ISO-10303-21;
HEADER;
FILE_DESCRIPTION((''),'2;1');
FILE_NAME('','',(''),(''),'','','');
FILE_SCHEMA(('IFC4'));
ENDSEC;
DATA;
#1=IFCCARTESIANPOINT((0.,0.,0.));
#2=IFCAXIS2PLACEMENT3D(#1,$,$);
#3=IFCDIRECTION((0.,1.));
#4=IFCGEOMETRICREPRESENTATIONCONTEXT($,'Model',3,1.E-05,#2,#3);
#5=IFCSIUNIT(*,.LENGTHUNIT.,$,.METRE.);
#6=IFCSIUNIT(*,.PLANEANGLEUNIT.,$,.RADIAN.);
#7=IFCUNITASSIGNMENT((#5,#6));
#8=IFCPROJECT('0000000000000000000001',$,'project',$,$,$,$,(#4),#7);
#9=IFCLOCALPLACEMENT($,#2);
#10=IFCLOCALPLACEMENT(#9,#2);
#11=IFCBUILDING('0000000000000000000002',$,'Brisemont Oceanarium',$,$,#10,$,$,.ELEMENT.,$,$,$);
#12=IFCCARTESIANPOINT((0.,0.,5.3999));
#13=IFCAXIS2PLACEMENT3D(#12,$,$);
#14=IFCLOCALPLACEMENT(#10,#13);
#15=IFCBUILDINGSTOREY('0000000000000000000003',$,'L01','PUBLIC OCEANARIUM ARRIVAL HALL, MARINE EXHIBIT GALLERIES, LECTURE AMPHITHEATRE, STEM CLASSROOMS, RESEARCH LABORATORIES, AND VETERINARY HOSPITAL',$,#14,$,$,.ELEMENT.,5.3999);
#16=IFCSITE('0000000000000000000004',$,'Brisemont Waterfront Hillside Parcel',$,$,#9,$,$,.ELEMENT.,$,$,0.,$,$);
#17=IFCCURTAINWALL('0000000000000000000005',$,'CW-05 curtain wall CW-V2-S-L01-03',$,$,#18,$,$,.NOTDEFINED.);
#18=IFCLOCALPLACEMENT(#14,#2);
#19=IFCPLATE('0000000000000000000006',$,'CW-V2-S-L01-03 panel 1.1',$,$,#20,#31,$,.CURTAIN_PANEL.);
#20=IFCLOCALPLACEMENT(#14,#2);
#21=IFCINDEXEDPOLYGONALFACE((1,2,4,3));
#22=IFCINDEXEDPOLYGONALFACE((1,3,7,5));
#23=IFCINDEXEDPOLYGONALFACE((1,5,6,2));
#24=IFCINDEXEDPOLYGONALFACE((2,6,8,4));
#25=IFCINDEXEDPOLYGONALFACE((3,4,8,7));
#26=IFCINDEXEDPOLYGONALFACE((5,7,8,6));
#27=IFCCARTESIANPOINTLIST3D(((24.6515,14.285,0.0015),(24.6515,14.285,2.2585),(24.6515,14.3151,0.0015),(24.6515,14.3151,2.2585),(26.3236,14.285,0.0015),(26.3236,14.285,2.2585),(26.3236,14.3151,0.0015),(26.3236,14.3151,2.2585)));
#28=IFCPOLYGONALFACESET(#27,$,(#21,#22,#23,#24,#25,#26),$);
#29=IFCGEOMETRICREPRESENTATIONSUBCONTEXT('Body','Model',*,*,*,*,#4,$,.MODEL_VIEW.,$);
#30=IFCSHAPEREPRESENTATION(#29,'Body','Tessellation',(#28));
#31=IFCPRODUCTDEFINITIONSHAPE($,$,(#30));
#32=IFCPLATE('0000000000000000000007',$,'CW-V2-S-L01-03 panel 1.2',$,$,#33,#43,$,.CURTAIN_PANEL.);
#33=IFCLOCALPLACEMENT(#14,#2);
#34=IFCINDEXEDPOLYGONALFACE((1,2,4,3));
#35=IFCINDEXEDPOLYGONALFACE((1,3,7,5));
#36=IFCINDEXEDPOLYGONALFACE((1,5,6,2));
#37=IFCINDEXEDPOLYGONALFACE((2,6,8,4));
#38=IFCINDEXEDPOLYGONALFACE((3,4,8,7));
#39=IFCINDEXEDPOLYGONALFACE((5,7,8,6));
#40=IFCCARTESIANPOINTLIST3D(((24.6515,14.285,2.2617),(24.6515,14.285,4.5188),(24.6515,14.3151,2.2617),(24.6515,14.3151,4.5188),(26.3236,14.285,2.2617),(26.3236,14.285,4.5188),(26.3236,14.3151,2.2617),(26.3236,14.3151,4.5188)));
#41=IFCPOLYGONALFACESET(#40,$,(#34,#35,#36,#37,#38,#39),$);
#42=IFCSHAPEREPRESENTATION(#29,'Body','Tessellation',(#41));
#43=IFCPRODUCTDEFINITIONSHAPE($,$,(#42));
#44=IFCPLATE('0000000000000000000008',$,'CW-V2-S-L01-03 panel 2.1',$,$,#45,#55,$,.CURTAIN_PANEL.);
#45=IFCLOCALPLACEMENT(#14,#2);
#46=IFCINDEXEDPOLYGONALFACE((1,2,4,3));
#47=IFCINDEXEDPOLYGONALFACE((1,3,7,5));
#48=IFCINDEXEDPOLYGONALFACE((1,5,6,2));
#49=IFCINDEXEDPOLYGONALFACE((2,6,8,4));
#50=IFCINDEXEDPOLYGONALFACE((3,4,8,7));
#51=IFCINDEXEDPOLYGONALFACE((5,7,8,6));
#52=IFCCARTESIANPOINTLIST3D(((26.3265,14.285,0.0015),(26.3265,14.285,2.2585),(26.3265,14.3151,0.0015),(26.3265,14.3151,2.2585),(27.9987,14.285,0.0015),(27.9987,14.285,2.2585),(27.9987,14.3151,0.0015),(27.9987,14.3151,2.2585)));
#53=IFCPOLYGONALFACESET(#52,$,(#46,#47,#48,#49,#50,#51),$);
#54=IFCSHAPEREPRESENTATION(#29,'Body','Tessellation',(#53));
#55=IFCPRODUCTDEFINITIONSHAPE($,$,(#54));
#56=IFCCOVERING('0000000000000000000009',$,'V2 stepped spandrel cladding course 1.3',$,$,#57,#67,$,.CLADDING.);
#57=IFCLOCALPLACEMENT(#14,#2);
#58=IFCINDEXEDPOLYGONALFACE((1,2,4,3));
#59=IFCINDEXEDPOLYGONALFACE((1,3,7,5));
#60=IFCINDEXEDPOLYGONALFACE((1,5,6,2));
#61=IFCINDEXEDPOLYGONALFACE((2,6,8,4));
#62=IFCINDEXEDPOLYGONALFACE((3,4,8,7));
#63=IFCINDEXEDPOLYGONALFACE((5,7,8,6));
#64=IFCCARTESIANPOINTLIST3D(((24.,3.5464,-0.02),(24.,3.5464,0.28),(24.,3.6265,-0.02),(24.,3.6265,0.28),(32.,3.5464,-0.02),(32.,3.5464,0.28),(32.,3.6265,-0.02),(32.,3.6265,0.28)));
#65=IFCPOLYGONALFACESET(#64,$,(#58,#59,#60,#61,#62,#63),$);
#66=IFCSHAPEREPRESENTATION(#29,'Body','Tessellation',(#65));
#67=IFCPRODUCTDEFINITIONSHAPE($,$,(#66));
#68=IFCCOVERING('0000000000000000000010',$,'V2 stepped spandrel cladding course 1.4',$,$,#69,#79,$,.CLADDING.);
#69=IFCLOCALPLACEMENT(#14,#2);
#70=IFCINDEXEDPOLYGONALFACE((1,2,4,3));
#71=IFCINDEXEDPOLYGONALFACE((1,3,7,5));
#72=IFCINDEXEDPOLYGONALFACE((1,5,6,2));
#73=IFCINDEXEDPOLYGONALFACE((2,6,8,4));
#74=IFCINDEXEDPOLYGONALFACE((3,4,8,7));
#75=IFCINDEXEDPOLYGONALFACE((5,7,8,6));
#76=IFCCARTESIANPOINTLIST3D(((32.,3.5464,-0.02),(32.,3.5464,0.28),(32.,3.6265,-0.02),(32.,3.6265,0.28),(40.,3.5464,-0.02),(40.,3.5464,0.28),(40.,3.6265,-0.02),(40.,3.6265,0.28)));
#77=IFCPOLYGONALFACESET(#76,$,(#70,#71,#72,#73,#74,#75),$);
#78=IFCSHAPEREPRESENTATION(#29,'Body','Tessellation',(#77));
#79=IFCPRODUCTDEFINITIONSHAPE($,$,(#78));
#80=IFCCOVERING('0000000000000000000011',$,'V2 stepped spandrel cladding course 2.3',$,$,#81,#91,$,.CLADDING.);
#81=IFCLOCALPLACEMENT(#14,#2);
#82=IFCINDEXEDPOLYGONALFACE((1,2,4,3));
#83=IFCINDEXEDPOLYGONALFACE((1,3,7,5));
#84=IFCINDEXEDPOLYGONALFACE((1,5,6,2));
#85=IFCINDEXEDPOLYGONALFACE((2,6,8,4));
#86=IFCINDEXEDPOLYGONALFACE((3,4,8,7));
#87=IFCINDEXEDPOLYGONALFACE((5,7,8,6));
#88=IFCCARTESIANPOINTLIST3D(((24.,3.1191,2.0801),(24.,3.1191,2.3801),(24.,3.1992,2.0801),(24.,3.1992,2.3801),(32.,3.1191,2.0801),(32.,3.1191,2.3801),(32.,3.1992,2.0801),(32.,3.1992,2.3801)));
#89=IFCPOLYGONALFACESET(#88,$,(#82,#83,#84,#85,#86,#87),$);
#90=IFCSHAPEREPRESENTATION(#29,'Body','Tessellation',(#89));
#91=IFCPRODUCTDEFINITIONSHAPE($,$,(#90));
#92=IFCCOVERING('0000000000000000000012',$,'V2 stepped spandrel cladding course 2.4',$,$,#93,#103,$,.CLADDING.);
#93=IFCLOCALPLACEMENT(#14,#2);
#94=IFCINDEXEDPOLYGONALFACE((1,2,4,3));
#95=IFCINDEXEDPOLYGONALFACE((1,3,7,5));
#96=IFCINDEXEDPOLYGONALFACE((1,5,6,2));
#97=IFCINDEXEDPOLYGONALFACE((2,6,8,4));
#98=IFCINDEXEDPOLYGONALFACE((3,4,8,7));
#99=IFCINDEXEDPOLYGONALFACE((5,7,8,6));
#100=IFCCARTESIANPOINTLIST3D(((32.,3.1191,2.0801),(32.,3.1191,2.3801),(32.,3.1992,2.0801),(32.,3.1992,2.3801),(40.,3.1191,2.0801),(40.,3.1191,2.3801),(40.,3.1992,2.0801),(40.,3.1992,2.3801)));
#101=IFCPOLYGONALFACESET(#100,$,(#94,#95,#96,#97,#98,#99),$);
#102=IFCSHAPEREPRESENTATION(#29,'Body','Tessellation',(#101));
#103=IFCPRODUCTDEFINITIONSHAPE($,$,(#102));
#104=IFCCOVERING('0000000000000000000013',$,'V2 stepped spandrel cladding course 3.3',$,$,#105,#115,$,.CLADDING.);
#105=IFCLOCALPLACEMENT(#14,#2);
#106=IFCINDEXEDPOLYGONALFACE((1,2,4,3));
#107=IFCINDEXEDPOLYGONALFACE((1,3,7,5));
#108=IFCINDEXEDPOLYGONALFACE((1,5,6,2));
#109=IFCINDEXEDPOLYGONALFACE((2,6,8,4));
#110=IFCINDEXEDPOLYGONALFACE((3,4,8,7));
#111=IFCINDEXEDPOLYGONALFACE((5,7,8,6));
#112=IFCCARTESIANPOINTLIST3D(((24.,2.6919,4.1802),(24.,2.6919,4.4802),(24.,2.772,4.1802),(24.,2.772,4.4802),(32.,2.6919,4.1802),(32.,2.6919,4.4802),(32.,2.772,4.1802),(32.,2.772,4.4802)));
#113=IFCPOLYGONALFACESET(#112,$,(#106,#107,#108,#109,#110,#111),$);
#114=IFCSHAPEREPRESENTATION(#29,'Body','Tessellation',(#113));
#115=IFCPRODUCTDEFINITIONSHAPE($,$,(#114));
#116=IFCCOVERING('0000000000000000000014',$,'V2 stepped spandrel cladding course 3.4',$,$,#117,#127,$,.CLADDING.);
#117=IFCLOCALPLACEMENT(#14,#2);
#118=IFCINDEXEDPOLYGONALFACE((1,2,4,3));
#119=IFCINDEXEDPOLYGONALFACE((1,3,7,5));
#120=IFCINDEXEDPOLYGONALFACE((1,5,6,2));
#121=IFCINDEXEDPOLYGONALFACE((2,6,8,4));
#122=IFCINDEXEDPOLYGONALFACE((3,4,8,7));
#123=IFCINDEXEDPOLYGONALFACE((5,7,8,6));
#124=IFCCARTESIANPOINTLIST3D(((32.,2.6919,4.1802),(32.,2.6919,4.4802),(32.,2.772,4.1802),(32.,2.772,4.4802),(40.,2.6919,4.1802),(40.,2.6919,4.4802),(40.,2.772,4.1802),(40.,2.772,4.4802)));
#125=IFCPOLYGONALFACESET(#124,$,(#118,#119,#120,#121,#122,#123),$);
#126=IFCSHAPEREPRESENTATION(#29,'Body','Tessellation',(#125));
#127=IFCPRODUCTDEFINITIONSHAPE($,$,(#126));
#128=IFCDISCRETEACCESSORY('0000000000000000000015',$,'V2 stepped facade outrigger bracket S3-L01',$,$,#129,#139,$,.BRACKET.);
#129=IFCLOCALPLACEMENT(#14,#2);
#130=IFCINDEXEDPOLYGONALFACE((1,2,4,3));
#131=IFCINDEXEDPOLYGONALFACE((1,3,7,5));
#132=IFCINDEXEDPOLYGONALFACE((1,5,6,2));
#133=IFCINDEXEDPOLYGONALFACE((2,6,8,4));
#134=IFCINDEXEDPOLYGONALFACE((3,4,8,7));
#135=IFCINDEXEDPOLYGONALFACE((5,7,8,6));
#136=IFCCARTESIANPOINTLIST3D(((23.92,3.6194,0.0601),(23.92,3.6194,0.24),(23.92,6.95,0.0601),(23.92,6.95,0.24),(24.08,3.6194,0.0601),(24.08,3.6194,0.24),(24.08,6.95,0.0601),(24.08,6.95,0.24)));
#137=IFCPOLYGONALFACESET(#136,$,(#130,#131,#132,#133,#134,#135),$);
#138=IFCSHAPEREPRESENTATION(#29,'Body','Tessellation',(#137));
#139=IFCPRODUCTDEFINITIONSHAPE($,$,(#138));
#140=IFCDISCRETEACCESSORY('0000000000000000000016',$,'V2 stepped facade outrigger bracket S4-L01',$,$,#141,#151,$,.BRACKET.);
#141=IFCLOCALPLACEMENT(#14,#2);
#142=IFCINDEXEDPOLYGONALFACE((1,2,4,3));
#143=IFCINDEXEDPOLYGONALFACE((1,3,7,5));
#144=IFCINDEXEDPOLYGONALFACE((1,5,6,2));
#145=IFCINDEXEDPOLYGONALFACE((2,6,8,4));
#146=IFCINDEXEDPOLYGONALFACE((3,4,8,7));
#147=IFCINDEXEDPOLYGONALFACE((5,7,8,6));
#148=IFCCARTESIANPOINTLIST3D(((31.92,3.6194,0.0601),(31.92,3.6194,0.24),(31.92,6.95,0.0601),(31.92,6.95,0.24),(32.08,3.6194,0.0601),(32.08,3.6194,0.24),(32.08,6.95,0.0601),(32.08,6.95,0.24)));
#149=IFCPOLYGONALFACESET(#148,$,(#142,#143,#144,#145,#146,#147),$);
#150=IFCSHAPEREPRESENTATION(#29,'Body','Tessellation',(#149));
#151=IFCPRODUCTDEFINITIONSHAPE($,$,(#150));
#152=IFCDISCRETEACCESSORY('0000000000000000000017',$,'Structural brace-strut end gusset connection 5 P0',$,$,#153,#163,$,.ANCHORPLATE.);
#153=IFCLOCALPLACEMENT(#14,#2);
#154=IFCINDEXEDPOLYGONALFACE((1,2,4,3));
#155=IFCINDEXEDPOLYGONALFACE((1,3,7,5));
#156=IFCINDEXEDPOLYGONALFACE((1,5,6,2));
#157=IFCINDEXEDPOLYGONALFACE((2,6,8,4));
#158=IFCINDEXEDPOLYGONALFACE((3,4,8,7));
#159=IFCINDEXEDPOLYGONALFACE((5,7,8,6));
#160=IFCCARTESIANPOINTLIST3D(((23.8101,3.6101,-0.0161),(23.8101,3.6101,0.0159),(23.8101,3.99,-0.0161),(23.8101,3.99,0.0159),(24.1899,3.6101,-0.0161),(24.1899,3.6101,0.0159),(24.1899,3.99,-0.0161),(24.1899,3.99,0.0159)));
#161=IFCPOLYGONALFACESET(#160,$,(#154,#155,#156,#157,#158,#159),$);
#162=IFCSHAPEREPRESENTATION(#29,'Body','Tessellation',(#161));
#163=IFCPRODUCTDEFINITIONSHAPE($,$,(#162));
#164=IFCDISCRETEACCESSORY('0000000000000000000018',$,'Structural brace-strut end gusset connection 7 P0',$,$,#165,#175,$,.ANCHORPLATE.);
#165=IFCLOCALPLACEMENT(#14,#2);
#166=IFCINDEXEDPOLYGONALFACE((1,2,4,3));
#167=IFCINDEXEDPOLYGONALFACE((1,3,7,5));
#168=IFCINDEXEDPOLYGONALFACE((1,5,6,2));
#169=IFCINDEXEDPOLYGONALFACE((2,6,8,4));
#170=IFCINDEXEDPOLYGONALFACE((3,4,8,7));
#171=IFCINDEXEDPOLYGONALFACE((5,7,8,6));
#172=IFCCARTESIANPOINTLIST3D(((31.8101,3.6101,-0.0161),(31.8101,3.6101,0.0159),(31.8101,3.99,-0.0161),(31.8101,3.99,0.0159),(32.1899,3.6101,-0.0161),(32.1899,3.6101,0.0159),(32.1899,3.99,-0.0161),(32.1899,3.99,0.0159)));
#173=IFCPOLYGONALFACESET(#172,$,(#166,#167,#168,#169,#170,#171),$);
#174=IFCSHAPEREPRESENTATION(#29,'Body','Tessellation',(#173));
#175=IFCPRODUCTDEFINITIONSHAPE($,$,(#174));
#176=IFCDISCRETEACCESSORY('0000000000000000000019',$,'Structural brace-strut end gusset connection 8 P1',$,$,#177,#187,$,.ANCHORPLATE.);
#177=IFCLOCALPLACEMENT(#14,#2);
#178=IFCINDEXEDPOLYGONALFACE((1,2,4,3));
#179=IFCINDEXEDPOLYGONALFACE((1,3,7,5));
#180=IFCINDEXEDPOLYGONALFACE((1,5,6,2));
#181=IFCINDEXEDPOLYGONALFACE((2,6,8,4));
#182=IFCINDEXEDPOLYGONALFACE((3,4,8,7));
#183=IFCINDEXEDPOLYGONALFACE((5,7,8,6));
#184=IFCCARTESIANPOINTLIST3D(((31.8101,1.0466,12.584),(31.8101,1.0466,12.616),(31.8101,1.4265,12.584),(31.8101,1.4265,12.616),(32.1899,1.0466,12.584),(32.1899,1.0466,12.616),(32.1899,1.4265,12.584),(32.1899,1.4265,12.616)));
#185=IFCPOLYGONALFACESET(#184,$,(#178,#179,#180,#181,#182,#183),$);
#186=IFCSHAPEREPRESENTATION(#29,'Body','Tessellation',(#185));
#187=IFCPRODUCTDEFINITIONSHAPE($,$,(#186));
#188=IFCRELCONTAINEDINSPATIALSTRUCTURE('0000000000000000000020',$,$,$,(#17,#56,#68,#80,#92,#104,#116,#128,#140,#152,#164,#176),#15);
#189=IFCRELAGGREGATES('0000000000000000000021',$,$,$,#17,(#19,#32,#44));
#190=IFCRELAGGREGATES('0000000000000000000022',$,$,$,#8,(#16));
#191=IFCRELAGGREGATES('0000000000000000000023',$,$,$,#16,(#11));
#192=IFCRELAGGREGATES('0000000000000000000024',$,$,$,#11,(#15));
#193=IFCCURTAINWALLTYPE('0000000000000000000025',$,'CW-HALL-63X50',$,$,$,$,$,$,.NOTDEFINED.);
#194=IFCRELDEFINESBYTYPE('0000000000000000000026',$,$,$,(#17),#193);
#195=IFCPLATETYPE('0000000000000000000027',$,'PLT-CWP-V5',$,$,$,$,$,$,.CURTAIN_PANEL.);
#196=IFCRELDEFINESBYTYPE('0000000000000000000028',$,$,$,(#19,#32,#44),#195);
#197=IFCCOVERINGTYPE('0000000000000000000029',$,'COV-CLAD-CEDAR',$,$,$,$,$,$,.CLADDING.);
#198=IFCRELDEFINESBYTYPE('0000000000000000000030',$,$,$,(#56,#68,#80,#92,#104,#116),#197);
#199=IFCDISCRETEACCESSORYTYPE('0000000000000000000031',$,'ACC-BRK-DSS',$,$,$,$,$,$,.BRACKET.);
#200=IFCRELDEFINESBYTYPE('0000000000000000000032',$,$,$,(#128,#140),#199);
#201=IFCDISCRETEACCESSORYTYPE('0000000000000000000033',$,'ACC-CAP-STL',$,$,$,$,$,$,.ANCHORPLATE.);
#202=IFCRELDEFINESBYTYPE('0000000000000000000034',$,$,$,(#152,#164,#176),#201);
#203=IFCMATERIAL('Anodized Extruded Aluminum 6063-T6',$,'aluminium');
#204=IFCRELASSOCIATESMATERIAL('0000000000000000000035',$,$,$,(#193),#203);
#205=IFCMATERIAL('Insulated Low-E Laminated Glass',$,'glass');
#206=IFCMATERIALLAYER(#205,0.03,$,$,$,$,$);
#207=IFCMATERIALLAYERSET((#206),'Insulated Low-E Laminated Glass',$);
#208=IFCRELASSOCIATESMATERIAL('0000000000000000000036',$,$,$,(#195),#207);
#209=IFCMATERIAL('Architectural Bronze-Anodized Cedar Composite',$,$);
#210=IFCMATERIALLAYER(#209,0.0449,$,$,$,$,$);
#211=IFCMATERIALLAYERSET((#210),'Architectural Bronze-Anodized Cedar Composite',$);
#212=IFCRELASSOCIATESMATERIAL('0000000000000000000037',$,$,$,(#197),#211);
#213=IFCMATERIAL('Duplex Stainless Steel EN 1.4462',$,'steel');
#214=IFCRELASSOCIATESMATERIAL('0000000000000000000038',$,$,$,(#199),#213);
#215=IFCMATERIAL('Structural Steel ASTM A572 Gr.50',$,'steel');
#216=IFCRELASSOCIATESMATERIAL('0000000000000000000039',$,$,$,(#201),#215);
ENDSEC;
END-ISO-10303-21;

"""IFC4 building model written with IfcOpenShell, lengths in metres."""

from ifc_helpers import new_model, si_unit, direction, frame, origin, origin_2d, place, context, subcontext, project, spatial, rectangle, extrude, material, layer, layer_set, type_object, element, aggregate, save


model = new_model("IFC4")

# Units and contexts
model_context = context("Model", 3, precision=1e-05, world=origin(), true_north=direction((0.0, 1.0)))
body_context = subcontext(model_context, "Body", "Model", "MODEL_VIEW")
ifc_project = project(units=[si_unit("LENGTHUNIT", "METRE"), si_unit("PLANEANGLEUNIT", "RADIAN")], contexts=[model_context])

# Site, building, storey
site_placement = place(None, origin())
site = spatial("IfcSite", under=ifc_project, at=site_placement, Name="Brisemont Waterfront Hillside Parcel", CompositionType="ELEMENT", RefElevation=0.0)
building_placement = place(site_placement, origin())
building = spatial("IfcBuilding", under=site, at=building_placement, Name="Brisemont Oceanarium", CompositionType="ELEMENT")
storey_placement = place(building_placement, frame((0.0, 0.0, 5.3999)))
storey = spatial("IfcBuildingStorey", under=building, at=storey_placement, Name="L01", Description="PUBLIC OCEANARIUM ARRIVAL HALL, MARINE EXHIBIT GALLERIES, LECTURE AMPHITHEATRE, STEM CLASSROOMS, RESEARCH LABORATORIES, AND VETERINARY HOSPITAL", CompositionType="ELEMENT", Elevation=5.3999)

# Curtain wall
ifc_material_1 = material(Name="Anodized Extruded Aluminum 6063-T6", Category="aluminium")
curtain_wall_type = type_object("IfcCurtainWallType", Name="CW-HALL-63X50", PredefinedType="NOTDEFINED", material=ifc_material_1)
curtain_wall_placement = place(storey_placement, origin())
curtain_wall = element("IfcCurtainWall", 1, at=curtain_wall_placement, inside=storey, type_object=curtain_wall_type, Name="CW-05 curtain wall CW-V2-S-L01-03", PredefinedType="NOTDEFINED")

# Plates
ifc_material_2 = material(Name="Insulated Low-E Laminated Glass", Category="glass")
ifc_layer_1 = layer(ifc_material_2, 0.03)
ifc_layer_set_1 = layer_set([ifc_layer_1], Name="Insulated Low-E Laminated Glass")
plate_type = type_object("IfcPlateType", Name="PLT-CWP-V5", PredefinedType="CURTAIN_PANEL", material=ifc_layer_set_1)
plate_1_placement = place(storey_placement, frame((25.4875, 14.3, 0.0015), z_axis=(0.0, 0.0, 1.0), x_axis=(1.0, 0.0, 0.0)))
plate_1 = element("IfcPlate", 2, at=plate_1_placement, type_object=plate_type, Name="CW-V2-S-L01-03 panel 1.1", PredefinedType="CURTAIN_PANEL", context=body_context, shape_type="SweptSolid", body=[
    extrude(rectangle(XDim=1.6721, YDim=0.03, at=origin_2d()), origin(), (0.0, 0.0, 1.0), 2.2571),
])
plate_2_placement = place(storey_placement, frame((25.4875, 14.3, 2.2617), z_axis=(0.0, 0.0, 1.0), x_axis=(1.0, 0.0, 0.0)))
plate_2 = element("IfcPlate", 3, at=plate_2_placement, type_object=plate_type, Name="CW-V2-S-L01-03 panel 1.2", PredefinedType="CURTAIN_PANEL", context=body_context, shape_type="SweptSolid", body=[
    extrude(rectangle(XDim=1.6721, YDim=0.03, at=origin_2d()), origin(), (0.0, 0.0, 1.0), 2.2571),
])
plate_3_placement = place(storey_placement, frame((27.1626, 14.3, 0.0015), z_axis=(0.0, 0.0, 1.0), x_axis=(1.0, 0.0, 0.0)))
plate_3 = element("IfcPlate", 4, at=plate_3_placement, type_object=plate_type, Name="CW-V2-S-L01-03 panel 2.1", PredefinedType="CURTAIN_PANEL", context=body_context, shape_type="SweptSolid", body=[
    extrude(rectangle(XDim=1.6721, YDim=0.03, at=origin_2d()), origin(), (0.0, 0.0, 1.0), 2.2571),
])
aggregate(curtain_wall, [plate_1, plate_2, plate_3])

# Coverings
ifc_material_3 = material(Name="Architectural Bronze-Anodized Cedar Composite")
ifc_layer_2 = layer(ifc_material_3, 0.0449)
ifc_layer_set_2 = layer_set([ifc_layer_2], Name="Architectural Bronze-Anodized Cedar Composite")
covering_type = type_object("IfcCoveringType", Name="COV-CLAD-CEDAR", PredefinedType="CLADDING", material=ifc_layer_set_2)
for number, where, z_axis, x_axis, name in (
    (5, (28.0, 3.5864, -0.02), (0.0, 0.0, 1.0), (1.0, 0.0, 0.0), "V2 stepped spandrel cladding course 1.3"),
    (6, (36.0, 3.5864, -0.02), (0.0, 0.0, 1.0), (1.0, 0.0, 0.0), "V2 stepped spandrel cladding course 1.4"),
    (7, (28.0, 3.1592, 2.0801), (0.0, 0.0, 1.0), (1.0, 0.0, 0.0), "V2 stepped spandrel cladding course 2.3"),
    (8, (36.0, 3.1592, 2.0801), (0.0, 0.0, 1.0), (1.0, 0.0, 0.0), "V2 stepped spandrel cladding course 2.4"),
    (9, (28.0, 2.7319, 4.1802), (0.0, 0.0, 1.0), (1.0, 0.0, 0.0), "V2 stepped spandrel cladding course 3.3"),
    (10, (36.0, 2.7319, 4.1802), (0.0, 0.0, 1.0), (1.0, 0.0, 0.0), "V2 stepped spandrel cladding course 3.4"),
):
    element("IfcCovering", number, at=place(storey_placement, frame(where, z_axis=z_axis, x_axis=x_axis)), inside=storey, type_object=covering_type, Name=name, PredefinedType="CLADDING", context=body_context, shape_type="SweptSolid", body=[
        extrude(rectangle(XDim=8.0, YDim=0.0801, at=origin_2d()), origin(), (0.0, 0.0, 1.0), 0.3),
    ])

# Discrete accessories
ifc_material_4 = material(Name="Duplex Stainless Steel EN 1.4462", Category="steel")
discrete_accessory_type_1 = type_object("IfcDiscreteAccessoryType", Name="ACC-BRK-DSS", PredefinedType="BRACKET", material=ifc_material_4)
for number, where, z_axis, x_axis, name in (
    (11, (24.0, 5.2847, 0.0601), (0.0, 0.0, 1.0), (1.0, 0.0, 0.0), "V2 stepped facade outrigger bracket S3-L01"),
    (12, (32.0, 5.2847, 0.0601), (0.0, 0.0, 1.0), (1.0, 0.0, 0.0), "V2 stepped facade outrigger bracket S4-L01"),
):
    element("IfcDiscreteAccessory", number, at=place(storey_placement, frame(where, z_axis=z_axis, x_axis=x_axis)), inside=storey, type_object=discrete_accessory_type_1, Name=name, PredefinedType="BRACKET", context=body_context, shape_type="SweptSolid", body=[
        extrude(rectangle(XDim=0.1599, YDim=3.3306, at=origin_2d()), origin(), (0.0, 0.0, 1.0), 0.1799),
    ])
ifc_material_5 = material(Name="Structural Steel ASTM A572 Gr.50", Category="steel")
discrete_accessory_type_2 = type_object("IfcDiscreteAccessoryType", Name="ACC-CAP-STL", PredefinedType="ANCHORPLATE", material=ifc_material_5)
for number, where, z_axis, x_axis, name in (
    (13, (24.0, 3.8, -0.0161), (0.0, 0.0, 1.0), (1.0, 0.0, 0.0), "Structural brace-strut end gusset connection 5 P0"),
    (14, (32.0, 3.8, -0.0161), (0.0, 0.0, 1.0), (1.0, 0.0, 0.0), "Structural brace-strut end gusset connection 7 P0"),
    (15, (32.0, 1.2366, 12.584), (0.0, 0.0, 1.0), (1.0, 0.0, 0.0), "Structural brace-strut end gusset connection 8 P1"),
):
    element("IfcDiscreteAccessory", number, at=place(storey_placement, frame(where, z_axis=z_axis, x_axis=x_axis)), inside=storey, type_object=discrete_accessory_type_2, Name=name, PredefinedType="ANCHORPLATE", context=body_context, shape_type="SweptSolid", body=[
        extrude(rectangle(XDim=0.3799, YDim=0.3799, at=origin_2d()), origin(), (0.0, 0.0, 1.0), 0.032),
    ])

save(model, "model.ifc")
